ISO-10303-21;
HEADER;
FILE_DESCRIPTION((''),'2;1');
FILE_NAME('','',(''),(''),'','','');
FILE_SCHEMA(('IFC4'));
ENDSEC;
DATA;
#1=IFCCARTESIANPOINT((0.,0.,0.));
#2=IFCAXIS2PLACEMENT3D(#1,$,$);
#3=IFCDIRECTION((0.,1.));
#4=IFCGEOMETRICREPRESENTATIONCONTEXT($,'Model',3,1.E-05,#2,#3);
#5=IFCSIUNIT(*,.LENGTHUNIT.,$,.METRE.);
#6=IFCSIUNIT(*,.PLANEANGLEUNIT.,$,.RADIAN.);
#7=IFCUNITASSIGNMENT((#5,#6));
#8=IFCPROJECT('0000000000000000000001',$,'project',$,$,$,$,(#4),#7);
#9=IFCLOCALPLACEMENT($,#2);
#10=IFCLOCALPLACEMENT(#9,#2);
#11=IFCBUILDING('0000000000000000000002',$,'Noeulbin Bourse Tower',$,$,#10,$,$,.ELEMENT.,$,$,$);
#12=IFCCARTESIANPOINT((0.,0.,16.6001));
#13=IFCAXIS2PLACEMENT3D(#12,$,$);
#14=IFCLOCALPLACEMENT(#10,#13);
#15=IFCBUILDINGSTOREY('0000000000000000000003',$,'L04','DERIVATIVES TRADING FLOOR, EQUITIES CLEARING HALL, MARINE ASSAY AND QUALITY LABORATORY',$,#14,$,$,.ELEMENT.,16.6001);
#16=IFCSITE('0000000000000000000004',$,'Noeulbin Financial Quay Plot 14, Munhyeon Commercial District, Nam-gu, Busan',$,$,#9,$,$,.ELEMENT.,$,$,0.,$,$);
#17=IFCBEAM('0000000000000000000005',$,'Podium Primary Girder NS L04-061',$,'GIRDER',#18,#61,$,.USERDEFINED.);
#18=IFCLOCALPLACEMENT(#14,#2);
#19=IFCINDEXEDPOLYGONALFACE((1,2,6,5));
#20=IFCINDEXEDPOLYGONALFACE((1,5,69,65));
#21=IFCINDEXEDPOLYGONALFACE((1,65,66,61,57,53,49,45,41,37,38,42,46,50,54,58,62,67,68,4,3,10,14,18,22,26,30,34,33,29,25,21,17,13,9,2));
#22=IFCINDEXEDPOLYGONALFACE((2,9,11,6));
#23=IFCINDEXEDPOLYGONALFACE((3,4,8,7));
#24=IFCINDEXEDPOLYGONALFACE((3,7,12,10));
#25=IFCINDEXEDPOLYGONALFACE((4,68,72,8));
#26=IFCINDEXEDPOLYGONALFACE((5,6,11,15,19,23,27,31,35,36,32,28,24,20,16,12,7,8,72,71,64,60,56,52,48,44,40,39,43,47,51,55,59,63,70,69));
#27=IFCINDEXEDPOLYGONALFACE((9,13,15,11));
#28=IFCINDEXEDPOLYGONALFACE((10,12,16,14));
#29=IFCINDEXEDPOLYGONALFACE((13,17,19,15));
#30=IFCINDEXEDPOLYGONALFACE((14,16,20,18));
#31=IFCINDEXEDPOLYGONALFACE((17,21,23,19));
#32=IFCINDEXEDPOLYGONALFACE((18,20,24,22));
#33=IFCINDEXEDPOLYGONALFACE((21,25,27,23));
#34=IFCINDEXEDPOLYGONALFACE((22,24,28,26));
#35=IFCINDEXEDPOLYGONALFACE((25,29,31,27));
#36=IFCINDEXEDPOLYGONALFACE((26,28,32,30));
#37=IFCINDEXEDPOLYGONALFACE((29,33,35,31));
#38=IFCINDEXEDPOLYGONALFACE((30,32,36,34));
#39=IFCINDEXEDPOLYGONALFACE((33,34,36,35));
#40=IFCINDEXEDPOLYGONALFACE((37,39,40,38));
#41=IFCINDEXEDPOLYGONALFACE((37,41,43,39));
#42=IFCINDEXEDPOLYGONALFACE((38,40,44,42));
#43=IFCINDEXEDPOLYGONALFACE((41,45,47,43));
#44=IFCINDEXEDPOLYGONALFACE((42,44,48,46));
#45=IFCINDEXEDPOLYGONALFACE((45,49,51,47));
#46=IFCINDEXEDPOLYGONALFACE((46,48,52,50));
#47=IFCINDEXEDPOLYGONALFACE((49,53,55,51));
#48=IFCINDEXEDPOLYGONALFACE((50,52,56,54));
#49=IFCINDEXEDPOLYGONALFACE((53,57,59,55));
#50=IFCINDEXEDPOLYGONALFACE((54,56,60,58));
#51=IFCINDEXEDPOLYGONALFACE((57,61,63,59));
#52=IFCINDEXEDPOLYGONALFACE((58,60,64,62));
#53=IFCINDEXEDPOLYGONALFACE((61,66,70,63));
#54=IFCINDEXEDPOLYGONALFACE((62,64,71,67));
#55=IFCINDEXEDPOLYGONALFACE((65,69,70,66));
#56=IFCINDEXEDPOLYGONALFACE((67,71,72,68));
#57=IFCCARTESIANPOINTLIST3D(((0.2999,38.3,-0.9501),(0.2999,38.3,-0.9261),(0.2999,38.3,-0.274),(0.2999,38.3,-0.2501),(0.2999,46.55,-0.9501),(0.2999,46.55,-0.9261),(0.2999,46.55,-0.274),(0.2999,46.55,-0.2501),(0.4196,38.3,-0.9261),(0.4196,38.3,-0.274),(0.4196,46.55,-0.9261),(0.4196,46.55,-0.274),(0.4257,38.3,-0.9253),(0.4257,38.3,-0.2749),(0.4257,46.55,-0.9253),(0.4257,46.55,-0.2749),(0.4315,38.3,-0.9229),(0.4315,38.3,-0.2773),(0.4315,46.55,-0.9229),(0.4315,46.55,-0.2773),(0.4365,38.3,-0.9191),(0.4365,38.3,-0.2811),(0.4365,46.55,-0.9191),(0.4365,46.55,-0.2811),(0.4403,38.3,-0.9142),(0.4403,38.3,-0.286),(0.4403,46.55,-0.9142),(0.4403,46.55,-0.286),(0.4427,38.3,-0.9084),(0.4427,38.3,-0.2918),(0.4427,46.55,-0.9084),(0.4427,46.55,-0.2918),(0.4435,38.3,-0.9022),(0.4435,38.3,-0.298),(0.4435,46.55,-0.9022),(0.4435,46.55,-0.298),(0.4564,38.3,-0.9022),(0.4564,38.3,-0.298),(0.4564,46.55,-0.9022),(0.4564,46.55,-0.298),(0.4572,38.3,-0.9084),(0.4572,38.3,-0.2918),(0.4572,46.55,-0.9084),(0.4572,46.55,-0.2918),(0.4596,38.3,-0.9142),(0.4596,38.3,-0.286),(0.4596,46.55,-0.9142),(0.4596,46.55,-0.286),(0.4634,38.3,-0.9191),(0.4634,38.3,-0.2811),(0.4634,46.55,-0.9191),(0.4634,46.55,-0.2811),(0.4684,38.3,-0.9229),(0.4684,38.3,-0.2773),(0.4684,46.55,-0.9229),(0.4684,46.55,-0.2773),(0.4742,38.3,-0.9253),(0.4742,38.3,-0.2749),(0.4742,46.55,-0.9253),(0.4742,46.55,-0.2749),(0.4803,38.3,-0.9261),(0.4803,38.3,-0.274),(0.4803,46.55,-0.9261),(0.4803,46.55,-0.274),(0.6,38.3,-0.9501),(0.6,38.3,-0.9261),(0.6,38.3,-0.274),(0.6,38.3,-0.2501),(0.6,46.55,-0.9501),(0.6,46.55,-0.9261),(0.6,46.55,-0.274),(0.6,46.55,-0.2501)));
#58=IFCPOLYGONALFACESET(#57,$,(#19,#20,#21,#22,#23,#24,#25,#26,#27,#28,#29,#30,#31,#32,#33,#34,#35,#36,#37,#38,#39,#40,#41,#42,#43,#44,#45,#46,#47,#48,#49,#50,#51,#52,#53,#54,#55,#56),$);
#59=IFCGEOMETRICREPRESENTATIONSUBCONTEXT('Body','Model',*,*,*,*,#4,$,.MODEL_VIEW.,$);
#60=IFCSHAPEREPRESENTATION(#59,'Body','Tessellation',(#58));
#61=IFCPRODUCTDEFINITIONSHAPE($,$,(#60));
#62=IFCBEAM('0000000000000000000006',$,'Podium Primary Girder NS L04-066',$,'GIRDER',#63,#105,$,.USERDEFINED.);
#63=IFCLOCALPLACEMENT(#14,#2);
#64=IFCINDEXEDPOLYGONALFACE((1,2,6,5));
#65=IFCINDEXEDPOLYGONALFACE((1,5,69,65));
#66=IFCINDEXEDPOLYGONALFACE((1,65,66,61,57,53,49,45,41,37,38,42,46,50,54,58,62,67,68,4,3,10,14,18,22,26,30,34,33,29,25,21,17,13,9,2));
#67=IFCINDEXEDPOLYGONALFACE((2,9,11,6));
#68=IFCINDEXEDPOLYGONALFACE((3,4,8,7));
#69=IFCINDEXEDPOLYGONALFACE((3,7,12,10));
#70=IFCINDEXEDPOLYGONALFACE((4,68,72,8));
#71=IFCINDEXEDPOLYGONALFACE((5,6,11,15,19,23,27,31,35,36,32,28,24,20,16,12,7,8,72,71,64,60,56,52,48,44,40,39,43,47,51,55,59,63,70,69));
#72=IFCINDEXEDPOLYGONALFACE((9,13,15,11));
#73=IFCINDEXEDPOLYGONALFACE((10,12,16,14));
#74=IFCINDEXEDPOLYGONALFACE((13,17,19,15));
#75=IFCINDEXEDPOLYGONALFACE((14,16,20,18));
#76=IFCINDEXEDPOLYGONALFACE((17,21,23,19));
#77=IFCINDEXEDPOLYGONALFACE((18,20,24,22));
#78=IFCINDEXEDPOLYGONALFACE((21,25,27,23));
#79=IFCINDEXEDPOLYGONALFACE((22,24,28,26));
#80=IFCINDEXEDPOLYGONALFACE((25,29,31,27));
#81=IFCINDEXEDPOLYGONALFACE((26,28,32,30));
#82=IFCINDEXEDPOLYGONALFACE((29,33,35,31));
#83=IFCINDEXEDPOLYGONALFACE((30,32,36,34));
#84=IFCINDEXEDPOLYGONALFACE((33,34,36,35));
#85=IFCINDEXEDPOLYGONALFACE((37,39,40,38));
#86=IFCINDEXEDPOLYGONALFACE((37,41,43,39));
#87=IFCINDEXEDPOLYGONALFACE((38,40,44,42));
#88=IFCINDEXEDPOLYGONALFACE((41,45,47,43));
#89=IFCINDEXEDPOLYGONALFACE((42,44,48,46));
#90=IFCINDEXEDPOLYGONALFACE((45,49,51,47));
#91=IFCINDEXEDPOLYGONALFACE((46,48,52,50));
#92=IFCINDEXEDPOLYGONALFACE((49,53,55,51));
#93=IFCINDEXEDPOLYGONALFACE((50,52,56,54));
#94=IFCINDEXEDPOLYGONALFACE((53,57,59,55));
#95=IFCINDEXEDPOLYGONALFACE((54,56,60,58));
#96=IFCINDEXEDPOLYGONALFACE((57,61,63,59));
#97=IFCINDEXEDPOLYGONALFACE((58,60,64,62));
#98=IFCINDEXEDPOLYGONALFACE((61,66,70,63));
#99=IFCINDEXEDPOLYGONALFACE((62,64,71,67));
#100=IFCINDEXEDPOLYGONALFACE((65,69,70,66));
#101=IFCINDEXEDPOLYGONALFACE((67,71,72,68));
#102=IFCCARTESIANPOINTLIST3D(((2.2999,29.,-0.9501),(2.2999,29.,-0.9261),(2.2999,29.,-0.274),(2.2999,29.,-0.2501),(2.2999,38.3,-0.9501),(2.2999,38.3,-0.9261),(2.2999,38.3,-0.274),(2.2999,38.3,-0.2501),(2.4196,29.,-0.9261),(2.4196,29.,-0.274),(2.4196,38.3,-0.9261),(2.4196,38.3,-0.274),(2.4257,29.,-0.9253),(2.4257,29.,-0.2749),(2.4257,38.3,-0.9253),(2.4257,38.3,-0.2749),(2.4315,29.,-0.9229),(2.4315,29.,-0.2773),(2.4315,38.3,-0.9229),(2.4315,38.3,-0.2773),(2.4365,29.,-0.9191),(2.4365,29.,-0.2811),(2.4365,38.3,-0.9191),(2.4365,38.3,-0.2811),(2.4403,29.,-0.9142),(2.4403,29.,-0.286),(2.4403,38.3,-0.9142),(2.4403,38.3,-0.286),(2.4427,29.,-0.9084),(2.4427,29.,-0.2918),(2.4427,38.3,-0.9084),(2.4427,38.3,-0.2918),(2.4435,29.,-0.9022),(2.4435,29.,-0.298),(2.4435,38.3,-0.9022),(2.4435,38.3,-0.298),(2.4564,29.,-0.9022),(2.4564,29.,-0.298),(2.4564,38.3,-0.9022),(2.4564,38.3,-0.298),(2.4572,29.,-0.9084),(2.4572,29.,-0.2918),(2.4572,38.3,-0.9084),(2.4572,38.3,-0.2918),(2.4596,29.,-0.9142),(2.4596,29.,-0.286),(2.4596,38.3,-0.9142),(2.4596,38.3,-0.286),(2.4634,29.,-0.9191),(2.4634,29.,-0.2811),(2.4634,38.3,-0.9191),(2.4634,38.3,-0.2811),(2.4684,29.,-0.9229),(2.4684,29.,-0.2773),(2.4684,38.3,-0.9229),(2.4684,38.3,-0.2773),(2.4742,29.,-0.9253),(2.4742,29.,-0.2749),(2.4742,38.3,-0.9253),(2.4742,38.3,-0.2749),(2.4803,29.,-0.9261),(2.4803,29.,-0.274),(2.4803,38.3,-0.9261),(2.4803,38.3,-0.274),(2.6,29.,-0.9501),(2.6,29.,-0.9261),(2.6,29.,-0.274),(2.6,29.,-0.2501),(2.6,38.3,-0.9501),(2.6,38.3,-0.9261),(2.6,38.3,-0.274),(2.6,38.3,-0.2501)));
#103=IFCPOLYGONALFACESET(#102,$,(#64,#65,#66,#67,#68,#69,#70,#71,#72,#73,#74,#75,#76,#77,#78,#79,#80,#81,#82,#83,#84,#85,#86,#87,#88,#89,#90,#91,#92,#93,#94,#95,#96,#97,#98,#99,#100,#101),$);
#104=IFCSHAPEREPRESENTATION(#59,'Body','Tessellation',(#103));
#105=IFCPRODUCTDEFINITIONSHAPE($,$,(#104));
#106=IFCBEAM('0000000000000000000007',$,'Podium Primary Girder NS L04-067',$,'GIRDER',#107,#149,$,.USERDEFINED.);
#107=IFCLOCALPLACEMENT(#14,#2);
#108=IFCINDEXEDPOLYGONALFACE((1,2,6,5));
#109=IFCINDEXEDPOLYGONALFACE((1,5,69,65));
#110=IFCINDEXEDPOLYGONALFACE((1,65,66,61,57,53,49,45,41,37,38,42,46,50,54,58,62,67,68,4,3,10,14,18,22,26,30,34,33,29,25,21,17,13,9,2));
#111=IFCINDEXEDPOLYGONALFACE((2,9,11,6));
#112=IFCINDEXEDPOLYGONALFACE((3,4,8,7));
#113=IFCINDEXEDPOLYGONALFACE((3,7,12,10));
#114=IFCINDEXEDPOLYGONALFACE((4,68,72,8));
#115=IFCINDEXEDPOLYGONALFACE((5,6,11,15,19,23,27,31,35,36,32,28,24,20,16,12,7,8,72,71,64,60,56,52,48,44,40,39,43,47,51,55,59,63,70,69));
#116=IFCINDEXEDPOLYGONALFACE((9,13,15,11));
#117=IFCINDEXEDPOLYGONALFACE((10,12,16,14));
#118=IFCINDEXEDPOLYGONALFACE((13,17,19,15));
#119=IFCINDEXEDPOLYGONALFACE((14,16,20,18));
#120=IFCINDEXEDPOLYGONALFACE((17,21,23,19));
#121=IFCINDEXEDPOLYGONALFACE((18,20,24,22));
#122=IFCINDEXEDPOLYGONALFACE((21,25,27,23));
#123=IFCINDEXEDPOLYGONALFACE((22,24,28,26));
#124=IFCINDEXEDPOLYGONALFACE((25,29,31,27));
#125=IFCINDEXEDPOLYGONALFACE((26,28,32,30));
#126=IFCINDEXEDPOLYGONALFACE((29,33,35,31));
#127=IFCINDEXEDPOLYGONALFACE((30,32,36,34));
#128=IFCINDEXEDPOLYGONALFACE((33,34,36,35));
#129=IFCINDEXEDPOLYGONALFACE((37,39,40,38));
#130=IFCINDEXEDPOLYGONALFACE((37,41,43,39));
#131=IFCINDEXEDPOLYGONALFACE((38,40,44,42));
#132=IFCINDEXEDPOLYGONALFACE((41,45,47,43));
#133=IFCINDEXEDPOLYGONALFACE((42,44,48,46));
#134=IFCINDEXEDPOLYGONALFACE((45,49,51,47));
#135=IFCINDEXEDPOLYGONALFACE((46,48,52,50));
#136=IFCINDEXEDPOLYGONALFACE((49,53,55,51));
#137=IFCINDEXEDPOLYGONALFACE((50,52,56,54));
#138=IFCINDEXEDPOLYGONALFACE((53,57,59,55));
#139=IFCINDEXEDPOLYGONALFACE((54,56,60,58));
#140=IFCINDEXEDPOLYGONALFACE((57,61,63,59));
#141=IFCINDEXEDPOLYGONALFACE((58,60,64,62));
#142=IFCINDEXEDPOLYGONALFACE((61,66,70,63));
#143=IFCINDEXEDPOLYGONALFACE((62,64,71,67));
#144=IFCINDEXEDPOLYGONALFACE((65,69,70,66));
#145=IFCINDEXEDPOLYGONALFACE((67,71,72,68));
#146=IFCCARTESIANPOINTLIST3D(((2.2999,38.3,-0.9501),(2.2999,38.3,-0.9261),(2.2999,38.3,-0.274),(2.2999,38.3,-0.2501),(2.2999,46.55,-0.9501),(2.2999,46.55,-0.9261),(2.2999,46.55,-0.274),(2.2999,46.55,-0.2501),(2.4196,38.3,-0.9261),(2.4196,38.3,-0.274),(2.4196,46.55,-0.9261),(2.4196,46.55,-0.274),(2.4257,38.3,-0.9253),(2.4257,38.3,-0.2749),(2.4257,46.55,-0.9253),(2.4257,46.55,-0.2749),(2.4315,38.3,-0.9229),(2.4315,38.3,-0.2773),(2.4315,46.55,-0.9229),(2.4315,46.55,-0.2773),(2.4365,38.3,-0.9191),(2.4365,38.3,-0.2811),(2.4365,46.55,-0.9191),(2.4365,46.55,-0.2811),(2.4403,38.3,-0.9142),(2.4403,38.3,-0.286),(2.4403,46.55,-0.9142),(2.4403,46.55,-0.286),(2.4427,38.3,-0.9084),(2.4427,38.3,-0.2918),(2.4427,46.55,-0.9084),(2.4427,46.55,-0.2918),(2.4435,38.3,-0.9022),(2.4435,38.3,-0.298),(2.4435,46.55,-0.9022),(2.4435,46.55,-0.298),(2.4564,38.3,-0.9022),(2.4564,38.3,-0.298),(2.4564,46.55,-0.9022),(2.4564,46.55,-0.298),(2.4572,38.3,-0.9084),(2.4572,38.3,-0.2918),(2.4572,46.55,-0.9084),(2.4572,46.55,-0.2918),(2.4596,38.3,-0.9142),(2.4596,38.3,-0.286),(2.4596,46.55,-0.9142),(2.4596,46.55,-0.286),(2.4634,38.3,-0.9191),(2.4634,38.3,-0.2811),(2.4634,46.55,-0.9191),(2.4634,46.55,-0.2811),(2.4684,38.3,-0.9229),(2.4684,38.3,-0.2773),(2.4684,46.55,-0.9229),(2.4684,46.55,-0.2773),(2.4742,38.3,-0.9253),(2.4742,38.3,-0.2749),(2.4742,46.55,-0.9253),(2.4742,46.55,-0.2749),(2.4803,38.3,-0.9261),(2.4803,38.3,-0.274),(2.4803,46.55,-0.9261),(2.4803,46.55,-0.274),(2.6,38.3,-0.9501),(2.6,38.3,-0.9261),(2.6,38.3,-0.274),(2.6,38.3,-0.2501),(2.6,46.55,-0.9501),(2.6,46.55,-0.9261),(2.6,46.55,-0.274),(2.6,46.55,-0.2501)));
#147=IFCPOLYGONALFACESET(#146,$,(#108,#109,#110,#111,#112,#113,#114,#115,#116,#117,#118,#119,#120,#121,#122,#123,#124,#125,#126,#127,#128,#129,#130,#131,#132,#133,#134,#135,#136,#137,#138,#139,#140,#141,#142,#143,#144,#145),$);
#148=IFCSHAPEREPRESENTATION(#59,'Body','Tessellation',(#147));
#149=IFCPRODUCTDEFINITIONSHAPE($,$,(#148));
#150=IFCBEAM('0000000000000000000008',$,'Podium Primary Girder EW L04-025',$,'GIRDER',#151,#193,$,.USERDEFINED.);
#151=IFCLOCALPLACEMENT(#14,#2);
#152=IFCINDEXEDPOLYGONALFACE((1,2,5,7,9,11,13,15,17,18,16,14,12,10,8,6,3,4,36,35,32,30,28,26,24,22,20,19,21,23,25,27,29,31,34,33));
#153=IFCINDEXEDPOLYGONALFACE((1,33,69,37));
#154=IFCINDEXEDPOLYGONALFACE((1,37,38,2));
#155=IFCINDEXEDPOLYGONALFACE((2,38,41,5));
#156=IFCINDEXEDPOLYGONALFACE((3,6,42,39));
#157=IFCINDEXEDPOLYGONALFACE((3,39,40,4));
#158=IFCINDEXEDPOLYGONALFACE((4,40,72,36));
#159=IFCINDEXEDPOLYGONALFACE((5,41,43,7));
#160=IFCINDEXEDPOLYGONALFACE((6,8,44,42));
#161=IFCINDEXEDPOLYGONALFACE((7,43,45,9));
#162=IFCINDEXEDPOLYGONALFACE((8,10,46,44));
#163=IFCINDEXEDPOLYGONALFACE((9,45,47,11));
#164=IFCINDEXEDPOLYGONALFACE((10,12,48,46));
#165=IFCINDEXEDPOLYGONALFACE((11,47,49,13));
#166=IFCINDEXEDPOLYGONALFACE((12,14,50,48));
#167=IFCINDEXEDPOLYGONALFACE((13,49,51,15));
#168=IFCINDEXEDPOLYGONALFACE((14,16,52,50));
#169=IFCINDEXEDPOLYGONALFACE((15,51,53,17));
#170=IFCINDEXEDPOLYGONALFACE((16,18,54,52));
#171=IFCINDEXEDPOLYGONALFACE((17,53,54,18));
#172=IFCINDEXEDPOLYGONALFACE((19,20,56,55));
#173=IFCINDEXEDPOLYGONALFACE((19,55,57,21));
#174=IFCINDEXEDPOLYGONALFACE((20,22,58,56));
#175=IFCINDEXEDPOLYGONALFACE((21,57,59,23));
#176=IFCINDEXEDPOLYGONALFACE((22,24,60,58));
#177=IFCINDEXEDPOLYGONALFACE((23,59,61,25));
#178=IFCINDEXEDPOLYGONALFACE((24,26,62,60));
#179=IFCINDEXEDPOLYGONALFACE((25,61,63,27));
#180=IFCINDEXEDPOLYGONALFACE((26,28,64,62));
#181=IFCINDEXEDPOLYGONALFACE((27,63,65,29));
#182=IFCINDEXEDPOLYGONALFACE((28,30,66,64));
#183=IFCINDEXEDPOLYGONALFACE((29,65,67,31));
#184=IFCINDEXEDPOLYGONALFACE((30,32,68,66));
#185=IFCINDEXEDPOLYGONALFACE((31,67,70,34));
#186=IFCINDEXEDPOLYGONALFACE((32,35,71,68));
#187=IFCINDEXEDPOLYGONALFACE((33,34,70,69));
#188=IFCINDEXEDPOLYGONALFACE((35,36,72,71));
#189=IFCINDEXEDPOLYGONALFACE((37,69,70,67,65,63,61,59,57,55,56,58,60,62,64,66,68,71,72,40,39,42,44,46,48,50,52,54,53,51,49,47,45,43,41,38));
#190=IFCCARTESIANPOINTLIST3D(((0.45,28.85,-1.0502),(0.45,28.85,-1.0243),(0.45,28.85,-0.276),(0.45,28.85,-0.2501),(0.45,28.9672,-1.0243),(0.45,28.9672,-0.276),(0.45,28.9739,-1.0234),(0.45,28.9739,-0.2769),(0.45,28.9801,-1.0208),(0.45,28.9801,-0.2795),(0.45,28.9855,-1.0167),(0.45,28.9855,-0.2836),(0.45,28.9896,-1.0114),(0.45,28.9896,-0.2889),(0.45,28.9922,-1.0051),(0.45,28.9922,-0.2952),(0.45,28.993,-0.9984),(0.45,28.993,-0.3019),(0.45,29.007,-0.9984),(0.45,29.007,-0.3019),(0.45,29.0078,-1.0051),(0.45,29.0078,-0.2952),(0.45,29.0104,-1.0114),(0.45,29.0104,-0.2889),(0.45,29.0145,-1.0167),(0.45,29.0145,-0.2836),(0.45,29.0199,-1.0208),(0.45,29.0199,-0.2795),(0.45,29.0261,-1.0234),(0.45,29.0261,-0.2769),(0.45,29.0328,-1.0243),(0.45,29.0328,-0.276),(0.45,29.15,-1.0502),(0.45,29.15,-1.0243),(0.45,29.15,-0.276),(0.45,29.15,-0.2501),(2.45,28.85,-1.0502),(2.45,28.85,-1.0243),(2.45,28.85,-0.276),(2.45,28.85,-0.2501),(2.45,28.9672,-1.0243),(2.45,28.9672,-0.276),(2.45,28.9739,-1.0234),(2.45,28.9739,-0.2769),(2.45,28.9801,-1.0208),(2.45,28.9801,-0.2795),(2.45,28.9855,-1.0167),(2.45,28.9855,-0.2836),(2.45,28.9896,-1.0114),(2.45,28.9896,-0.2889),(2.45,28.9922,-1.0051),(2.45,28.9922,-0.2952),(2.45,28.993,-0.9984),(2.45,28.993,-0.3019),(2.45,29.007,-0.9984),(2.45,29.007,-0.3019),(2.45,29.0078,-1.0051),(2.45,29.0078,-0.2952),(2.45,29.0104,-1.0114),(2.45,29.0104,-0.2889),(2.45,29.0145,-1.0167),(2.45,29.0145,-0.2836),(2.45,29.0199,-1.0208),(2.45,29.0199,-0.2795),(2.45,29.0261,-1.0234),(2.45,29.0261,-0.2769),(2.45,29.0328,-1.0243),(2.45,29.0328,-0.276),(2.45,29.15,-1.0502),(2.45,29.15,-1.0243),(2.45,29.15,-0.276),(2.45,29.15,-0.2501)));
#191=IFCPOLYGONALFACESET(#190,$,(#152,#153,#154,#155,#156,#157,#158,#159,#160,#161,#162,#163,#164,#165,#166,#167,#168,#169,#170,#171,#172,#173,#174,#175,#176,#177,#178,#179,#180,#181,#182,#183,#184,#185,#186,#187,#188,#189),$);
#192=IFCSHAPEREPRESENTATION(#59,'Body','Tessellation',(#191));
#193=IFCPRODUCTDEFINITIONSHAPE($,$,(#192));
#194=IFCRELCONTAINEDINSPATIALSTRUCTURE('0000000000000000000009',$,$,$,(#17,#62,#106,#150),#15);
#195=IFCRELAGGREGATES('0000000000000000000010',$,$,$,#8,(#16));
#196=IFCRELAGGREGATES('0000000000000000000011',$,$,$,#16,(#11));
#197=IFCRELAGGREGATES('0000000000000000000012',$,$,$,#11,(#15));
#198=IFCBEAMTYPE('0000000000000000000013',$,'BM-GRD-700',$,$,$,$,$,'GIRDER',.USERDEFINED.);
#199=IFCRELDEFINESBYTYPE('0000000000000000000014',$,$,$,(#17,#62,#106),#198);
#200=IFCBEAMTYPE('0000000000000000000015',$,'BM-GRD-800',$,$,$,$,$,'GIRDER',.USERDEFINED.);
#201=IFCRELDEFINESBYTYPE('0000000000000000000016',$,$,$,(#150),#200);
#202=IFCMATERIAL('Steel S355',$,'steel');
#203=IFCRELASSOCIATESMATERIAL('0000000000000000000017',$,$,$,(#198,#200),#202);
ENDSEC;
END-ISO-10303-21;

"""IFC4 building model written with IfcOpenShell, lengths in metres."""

from ifc_helpers import new_model, si_unit, direction, frame, origin, origin_2d, place, context, subcontext, project, spatial, i_section, extrude, material, material_profile, profile_set, type_object, element, save


model = new_model("IFC4")

# Units and contexts
model_context = context("Model", 3, precision=1e-05, world=origin(), true_north=direction((0.0, 1.0)))
body_context = subcontext(model_context, "Body", "Model", "MODEL_VIEW")
ifc_project = project(units=[si_unit("LENGTHUNIT", "METRE"), si_unit("PLANEANGLEUNIT", "RADIAN")], contexts=[model_context])

# Site, building, storey
site_placement = place(None, origin())
site = spatial("IfcSite", under=ifc_project, at=site_placement, Name="Noeulbin Financial Quay Plot 14, Munhyeon Commercial District, Nam-gu, Busan", CompositionType="ELEMENT", RefElevation=0.0)
building_placement = place(site_placement, origin())
building = spatial("IfcBuilding", under=site, at=building_placement, Name="Noeulbin Bourse Tower", CompositionType="ELEMENT")
storey_placement = place(building_placement, frame((0.0, 0.0, 16.6001)))
storey = spatial("IfcBuildingStorey", under=building, at=storey_placement, Name="L04", Description="DERIVATIVES TRADING FLOOR, EQUITIES CLEARING HALL, MARINE ASSAY AND QUALITY LABORATORY", CompositionType="ELEMENT", Elevation=16.6001)

# Beams
ifc_material_1 = material(Name="Steel S355", Category="steel")
ifc_material_profile_1 = material_profile(ifc_material_1, i_section(OverallWidth=0.3, OverallDepth=0.7, WebThickness=0.0129, FlangeThickness=0.0239, FilletRadius=0.0239, at=origin_2d()), Name="H-700x300x13x24", Category="LoadBearing")
ifc_profile_set_1 = profile_set([ifc_material_profile_1], Name="Steel S355")
beam_type_1 = type_object("IfcBeamType", Name="BM-GRD-700", ElementType="GIRDER", PredefinedType="USERDEFINED", material=ifc_profile_set_1)
beam_1_placement = place(storey_placement, frame((0.45, 38.3, -0.6001), z_axis=(0.0, 1.0, 0.0), x_axis=(-1.0, 0.0, 0.0)))
element("IfcBeam", 1, at=beam_1_placement, inside=storey, type_object=beam_type_1, Name="Podium Primary Girder NS L04-061", ObjectType="GIRDER", PredefinedType="USERDEFINED", context=body_context, shape_type="SweptSolid", body=[
    extrude(i_section(OverallWidth=0.3, OverallDepth=0.7, WebThickness=0.0129, FlangeThickness=0.0239, FilletRadius=0.0239, at=origin_2d()), origin(), (0.0, 0.0, 1.0), 8.25),
])
beam_2_placement = place(storey_placement, frame((2.45, 29.0, -0.6001), z_axis=(0.0, 1.0, 0.0), x_axis=(-1.0, 0.0, 0.0)))
element("IfcBeam", 2, at=beam_2_placement, inside=storey, type_object=beam_type_1, Name="Podium Primary Girder NS L04-066", ObjectType="GIRDER", PredefinedType="USERDEFINED", context=body_context, shape_type="SweptSolid", body=[
    extrude(i_section(OverallWidth=0.3, OverallDepth=0.7, WebThickness=0.0129, FlangeThickness=0.0239, FilletRadius=0.0239, at=origin_2d()), origin(), (0.0, 0.0, 1.0), 9.3),
])
beam_3_placement = place(storey_placement, frame((2.45, 38.3, -0.6001), z_axis=(0.0, 1.0, 0.0), x_axis=(-1.0, 0.0, 0.0)))
element("IfcBeam", 3, at=beam_3_placement, inside=storey, type_object=beam_type_1, Name="Podium Primary Girder NS L04-067", ObjectType="GIRDER", PredefinedType="USERDEFINED", context=body_context, shape_type="SweptSolid", body=[
    extrude(i_section(OverallWidth=0.3, OverallDepth=0.7, WebThickness=0.0129, FlangeThickness=0.0239, FilletRadius=0.0239, at=origin_2d()), origin(), (0.0, 0.0, 1.0), 8.25),
])
ifc_material_profile_2 = material_profile(ifc_material_1, i_section(OverallWidth=0.3, OverallDepth=0.8, WebThickness=0.0139, FlangeThickness=0.0259, FilletRadius=0.0259, at=origin_2d()), Name="H-800x300x14x26", Category="LoadBearing")
ifc_profile_set_2 = profile_set([ifc_material_profile_2], Name="Steel S355")
beam_type_2 = type_object("IfcBeamType", Name="BM-GRD-800", ElementType="GIRDER", PredefinedType="USERDEFINED", material=ifc_profile_set_2)
beam_4_placement = place(storey_placement, frame((0.45, 29.0, -0.6501), z_axis=(1.0, 0.0, 0.0), x_axis=(0.0, 1.0, 0.0)))
element("IfcBeam", 4, at=beam_4_placement, inside=storey, type_object=beam_type_2, Name="Podium Primary Girder EW L04-025", ObjectType="GIRDER", PredefinedType="USERDEFINED", context=body_context, shape_type="SweptSolid", body=[
    extrude(i_section(OverallWidth=0.3, OverallDepth=0.8, WebThickness=0.0139, FlangeThickness=0.0259, FilletRadius=0.0259, at=origin_2d()), origin(), (0.0, 0.0, 1.0), 2.0),
])

save(model, "model.ifc")
